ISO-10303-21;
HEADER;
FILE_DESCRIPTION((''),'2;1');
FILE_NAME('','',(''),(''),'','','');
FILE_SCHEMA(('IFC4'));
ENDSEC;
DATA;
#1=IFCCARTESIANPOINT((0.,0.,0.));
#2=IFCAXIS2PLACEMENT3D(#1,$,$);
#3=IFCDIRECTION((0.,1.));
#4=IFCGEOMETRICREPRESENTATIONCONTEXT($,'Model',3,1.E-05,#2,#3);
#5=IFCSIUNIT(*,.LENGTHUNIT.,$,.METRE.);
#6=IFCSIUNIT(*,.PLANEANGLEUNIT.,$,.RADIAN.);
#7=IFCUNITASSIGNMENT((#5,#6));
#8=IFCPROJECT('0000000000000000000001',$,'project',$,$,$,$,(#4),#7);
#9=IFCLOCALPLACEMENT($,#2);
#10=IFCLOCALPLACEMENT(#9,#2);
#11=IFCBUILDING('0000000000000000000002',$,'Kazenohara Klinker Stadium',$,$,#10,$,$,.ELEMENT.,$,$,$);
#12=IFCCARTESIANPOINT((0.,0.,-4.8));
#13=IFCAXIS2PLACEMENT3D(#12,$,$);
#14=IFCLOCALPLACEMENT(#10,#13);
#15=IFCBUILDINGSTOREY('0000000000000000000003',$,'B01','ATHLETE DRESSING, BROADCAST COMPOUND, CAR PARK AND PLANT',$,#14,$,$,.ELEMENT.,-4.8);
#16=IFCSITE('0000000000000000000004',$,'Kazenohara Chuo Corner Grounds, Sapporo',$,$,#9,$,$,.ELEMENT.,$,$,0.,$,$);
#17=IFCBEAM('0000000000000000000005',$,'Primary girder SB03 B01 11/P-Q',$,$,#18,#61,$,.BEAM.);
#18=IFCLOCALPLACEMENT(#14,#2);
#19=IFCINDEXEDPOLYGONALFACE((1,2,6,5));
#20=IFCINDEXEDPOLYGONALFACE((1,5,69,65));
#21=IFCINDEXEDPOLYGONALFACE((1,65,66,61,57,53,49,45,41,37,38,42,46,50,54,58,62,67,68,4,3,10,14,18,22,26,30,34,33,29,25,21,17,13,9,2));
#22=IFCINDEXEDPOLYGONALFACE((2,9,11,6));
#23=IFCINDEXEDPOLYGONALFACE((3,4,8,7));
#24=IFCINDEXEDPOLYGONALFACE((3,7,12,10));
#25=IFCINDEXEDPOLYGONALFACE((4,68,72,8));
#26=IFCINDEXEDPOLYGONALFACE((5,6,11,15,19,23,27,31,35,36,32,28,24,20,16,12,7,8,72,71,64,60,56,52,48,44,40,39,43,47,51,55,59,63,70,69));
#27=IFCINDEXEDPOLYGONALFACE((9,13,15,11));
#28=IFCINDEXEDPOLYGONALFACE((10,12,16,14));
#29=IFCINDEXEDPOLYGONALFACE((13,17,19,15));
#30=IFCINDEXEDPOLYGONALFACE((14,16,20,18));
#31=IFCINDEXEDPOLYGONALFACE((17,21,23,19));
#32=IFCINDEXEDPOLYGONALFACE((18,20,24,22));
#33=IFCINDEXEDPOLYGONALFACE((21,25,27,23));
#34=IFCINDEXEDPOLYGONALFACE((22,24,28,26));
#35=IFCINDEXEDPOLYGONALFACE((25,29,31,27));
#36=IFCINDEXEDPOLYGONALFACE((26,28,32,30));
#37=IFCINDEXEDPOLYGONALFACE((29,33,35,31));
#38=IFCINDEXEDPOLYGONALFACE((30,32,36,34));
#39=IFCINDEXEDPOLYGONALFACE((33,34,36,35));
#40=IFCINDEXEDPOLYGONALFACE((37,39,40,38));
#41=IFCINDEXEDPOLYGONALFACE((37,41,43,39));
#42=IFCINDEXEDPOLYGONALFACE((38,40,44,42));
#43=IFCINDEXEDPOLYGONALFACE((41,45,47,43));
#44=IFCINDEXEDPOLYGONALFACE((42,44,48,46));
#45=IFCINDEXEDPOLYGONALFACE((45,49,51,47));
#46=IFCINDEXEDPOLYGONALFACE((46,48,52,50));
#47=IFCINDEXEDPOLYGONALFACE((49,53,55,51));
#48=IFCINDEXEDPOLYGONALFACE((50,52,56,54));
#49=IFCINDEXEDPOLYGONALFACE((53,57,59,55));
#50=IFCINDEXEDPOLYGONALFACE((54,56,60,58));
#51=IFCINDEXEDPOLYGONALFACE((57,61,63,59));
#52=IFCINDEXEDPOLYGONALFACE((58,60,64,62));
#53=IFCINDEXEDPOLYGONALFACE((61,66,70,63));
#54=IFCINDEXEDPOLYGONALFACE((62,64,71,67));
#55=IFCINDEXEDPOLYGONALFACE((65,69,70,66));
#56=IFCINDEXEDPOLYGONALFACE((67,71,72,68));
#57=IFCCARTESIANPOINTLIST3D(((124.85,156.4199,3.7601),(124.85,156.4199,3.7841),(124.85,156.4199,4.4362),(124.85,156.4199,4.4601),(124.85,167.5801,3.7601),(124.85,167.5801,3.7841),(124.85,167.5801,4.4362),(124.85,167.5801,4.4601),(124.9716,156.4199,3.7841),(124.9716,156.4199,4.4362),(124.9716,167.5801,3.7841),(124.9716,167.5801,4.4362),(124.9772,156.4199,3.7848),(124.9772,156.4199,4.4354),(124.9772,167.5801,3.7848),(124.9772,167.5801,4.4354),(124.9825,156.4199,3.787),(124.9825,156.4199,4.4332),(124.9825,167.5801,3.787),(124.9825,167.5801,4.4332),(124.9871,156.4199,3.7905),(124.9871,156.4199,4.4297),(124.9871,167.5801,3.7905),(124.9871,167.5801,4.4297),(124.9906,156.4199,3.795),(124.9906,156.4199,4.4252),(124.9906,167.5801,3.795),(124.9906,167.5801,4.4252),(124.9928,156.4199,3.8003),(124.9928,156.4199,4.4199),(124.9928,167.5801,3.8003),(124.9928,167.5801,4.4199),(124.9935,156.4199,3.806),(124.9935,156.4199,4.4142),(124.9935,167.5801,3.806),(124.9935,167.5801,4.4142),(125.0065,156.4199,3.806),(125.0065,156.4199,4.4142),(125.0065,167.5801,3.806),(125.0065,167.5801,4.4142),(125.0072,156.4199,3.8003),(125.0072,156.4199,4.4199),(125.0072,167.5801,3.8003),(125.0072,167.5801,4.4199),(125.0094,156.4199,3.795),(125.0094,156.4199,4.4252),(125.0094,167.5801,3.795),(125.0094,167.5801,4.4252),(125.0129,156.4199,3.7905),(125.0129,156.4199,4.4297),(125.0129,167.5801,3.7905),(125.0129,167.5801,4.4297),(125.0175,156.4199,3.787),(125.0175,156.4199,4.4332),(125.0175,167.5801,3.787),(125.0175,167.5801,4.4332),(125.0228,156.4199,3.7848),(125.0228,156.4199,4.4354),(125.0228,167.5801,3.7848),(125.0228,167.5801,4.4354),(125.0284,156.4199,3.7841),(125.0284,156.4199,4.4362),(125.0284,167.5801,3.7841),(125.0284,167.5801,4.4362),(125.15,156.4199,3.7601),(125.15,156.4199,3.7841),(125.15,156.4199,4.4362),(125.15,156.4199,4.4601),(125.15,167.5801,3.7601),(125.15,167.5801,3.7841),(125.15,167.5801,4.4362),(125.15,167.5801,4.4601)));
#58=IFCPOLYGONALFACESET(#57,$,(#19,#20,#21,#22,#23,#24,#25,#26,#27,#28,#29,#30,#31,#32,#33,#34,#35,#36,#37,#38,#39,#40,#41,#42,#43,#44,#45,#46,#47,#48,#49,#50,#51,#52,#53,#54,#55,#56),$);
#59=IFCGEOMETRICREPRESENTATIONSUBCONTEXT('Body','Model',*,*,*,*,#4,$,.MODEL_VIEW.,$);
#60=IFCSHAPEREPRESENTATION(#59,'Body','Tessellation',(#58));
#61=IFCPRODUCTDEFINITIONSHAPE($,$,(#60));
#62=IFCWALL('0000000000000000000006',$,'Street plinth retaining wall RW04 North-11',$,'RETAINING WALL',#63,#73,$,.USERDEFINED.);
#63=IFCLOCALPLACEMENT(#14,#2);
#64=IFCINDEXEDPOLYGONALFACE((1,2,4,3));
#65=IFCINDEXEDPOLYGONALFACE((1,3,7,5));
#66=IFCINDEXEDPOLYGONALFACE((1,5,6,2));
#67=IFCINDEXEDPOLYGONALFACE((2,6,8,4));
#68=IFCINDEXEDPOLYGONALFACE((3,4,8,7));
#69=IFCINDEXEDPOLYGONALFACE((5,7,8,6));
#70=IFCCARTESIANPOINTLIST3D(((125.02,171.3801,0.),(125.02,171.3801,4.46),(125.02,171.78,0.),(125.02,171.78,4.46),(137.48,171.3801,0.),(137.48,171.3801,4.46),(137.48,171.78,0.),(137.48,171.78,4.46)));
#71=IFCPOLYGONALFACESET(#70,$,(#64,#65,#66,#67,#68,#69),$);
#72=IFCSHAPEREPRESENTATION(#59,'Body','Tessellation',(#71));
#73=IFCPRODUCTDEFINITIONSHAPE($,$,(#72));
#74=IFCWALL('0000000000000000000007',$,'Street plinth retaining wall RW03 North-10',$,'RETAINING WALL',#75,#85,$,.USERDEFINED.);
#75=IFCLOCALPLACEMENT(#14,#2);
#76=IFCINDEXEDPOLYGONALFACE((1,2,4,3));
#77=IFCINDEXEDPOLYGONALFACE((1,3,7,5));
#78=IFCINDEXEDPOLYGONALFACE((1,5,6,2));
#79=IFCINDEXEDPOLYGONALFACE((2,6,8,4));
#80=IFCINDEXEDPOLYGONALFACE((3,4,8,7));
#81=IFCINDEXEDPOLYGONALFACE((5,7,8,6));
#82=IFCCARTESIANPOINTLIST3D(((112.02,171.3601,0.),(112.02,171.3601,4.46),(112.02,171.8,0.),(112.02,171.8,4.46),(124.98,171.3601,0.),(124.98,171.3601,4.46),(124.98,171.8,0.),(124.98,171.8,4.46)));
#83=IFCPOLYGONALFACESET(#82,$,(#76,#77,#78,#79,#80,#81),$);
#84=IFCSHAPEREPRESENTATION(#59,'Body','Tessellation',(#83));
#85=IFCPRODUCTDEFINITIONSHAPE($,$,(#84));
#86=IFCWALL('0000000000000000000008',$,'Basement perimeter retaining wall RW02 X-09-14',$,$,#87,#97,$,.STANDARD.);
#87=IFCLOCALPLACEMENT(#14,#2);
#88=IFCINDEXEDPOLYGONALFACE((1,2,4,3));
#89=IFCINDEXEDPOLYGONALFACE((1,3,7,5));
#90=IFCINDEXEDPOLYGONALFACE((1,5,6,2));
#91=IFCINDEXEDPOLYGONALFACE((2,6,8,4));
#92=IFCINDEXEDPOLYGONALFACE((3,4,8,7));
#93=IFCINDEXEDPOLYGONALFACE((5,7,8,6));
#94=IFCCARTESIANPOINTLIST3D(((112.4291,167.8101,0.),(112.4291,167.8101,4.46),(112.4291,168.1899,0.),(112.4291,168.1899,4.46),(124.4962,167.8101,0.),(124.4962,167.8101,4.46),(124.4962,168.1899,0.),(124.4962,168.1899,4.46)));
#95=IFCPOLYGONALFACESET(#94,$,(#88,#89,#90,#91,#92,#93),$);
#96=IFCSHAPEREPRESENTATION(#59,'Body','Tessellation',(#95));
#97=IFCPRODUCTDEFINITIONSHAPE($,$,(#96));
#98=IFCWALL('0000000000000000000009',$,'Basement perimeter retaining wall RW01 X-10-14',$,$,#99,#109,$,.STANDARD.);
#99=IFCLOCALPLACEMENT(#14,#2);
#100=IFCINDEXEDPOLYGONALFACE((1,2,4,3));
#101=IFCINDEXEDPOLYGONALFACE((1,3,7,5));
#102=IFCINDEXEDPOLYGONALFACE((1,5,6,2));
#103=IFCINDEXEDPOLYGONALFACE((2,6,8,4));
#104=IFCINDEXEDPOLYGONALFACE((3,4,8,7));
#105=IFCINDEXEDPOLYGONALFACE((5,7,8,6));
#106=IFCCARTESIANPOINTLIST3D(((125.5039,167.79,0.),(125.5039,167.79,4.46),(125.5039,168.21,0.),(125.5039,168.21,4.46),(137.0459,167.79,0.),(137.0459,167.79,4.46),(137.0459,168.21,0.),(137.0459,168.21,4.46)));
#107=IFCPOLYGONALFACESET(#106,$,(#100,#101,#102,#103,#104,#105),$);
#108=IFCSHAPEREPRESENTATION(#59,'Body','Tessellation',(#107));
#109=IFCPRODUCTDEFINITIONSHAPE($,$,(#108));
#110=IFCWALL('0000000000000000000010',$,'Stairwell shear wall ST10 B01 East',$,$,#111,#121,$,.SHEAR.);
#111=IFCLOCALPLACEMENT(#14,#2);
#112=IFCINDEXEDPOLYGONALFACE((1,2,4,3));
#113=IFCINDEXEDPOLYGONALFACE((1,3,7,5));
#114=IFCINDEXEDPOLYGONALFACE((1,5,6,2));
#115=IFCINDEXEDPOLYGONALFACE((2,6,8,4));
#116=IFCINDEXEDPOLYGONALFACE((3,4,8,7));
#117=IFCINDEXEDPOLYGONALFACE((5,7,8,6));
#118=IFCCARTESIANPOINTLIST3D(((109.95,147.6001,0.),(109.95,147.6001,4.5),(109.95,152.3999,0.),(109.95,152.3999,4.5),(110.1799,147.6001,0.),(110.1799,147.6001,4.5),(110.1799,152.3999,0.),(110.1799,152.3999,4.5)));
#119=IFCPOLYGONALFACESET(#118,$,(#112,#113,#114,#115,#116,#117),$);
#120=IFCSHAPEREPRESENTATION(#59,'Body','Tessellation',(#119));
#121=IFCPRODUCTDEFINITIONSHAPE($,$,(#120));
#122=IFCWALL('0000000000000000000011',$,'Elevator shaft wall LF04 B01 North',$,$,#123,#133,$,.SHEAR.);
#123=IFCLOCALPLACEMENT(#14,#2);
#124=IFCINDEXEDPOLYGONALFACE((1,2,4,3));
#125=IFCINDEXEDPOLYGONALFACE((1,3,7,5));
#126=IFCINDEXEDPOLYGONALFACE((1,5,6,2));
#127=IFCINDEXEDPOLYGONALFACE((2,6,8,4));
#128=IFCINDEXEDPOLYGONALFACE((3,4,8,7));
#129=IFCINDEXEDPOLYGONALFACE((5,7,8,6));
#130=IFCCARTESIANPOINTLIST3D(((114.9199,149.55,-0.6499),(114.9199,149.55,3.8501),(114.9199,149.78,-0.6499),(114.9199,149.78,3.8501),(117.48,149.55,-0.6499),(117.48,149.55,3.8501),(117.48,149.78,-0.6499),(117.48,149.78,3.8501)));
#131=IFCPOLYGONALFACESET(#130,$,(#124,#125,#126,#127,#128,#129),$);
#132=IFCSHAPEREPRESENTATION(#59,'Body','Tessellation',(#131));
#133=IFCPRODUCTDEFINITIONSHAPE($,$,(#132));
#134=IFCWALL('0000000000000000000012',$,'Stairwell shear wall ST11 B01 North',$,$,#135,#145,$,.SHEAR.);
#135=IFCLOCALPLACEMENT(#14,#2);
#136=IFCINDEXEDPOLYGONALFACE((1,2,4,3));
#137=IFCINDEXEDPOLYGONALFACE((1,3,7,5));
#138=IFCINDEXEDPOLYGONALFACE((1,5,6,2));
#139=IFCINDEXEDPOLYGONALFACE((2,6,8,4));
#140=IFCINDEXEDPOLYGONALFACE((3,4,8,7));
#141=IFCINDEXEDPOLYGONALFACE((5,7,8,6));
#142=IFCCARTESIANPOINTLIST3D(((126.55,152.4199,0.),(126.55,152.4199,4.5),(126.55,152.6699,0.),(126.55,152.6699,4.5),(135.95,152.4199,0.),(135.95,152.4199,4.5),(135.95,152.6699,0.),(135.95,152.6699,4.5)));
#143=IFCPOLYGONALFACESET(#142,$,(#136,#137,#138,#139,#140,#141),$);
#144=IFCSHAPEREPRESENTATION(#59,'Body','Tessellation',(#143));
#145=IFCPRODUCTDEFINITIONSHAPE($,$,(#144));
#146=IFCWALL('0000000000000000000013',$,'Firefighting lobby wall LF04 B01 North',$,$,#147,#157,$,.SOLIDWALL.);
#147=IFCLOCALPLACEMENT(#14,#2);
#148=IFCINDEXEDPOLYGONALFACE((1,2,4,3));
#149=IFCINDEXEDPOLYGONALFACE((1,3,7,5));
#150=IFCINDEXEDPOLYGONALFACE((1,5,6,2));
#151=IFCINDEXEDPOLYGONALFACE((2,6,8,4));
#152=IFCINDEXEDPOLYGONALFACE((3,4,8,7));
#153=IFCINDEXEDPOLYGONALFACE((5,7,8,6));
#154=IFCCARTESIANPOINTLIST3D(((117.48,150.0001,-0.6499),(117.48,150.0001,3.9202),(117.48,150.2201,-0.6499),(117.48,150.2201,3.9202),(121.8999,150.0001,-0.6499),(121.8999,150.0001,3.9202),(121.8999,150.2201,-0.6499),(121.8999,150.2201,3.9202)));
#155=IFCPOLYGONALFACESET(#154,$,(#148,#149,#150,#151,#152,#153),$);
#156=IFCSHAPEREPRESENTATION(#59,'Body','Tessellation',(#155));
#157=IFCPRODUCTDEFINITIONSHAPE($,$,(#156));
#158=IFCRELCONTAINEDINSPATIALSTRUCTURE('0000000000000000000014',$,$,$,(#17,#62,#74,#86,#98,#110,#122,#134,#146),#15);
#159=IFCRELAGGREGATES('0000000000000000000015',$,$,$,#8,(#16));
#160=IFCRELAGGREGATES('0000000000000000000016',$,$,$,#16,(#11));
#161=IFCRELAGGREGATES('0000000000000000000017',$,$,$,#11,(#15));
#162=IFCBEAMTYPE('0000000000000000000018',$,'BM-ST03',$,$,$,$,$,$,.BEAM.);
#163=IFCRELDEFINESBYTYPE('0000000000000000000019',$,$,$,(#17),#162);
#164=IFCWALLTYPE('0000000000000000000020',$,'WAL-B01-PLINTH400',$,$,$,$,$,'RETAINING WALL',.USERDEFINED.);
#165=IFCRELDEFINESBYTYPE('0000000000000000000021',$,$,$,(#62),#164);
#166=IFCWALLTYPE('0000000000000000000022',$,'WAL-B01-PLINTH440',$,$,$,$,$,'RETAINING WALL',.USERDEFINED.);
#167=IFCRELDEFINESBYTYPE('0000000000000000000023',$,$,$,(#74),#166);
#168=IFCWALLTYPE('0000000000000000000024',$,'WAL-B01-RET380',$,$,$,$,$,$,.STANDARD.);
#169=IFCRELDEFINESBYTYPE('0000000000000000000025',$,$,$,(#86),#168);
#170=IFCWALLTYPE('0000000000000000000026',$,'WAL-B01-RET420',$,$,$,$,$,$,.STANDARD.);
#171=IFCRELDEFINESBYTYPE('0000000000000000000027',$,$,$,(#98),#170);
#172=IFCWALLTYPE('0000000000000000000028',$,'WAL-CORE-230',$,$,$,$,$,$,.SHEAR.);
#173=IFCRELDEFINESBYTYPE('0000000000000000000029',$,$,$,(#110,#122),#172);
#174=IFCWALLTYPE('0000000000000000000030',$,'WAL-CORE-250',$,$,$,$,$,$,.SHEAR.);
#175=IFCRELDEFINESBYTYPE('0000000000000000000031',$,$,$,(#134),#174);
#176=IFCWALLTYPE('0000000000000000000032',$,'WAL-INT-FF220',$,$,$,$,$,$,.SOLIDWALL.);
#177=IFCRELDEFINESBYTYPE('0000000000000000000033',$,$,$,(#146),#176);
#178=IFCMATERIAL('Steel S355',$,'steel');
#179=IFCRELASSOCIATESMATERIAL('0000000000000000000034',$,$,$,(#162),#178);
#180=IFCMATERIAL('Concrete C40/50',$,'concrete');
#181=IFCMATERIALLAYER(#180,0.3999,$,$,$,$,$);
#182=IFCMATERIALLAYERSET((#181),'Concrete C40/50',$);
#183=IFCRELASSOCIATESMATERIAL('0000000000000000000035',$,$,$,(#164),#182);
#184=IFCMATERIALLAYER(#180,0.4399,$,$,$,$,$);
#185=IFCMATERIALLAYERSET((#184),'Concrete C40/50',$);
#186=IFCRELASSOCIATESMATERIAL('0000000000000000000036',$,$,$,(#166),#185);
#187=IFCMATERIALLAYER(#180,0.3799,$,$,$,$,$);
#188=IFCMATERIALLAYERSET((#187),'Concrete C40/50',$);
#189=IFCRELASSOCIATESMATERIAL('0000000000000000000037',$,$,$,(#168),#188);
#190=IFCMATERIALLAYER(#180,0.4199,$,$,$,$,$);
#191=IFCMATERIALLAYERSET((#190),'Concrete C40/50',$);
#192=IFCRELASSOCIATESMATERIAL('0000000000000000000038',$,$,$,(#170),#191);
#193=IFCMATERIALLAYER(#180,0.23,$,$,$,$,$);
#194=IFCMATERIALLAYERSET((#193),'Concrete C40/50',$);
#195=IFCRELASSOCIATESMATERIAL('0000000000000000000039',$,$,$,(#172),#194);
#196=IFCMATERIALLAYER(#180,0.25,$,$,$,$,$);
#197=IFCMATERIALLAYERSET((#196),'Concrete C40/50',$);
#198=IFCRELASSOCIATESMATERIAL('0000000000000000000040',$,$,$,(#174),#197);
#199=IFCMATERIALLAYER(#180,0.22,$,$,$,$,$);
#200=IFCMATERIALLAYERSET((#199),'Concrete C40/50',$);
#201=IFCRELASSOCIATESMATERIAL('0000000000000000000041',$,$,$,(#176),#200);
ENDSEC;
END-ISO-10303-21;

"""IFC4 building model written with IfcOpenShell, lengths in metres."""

from ifc_helpers import new_model, si_unit, direction, frame, frame_2d, origin, origin_2d, place, context, subcontext, project, spatial, rectangle, i_section, extrude, material, layer, layer_set, material_profile, profile_set, type_object, element, save


model = new_model("IFC4")

# Units and contexts
model_context = context("Model", 3, precision=1e-05, world=origin(), true_north=direction((0.0, 1.0)))
body_context = subcontext(model_context, "Body", "Model", "MODEL_VIEW")
ifc_project = project(units=[si_unit("LENGTHUNIT", "METRE"), si_unit("PLANEANGLEUNIT", "RADIAN")], contexts=[model_context])

# Site, building, storey
site_placement = place(None, origin())
site = spatial("IfcSite", under=ifc_project, at=site_placement, Name="Kazenohara Chuo Corner Grounds, Sapporo", CompositionType="ELEMENT", RefElevation=0.0)
building_placement = place(site_placement, origin())
building = spatial("IfcBuilding", under=site, at=building_placement, Name="Kazenohara Klinker Stadium", CompositionType="ELEMENT")
storey_placement = place(building_placement, frame((0.0, 0.0, -4.8)))
storey = spatial("IfcBuildingStorey", under=building, at=storey_placement, Name="B01", Description="ATHLETE DRESSING, BROADCAST COMPOUND, CAR PARK AND PLANT", CompositionType="ELEMENT", Elevation=-4.8)

# Shared definitions
ifc_material_1 = material(Name="Concrete C40/50", Category="concrete")

# Beam
ifc_material_2 = material(Name="Steel S355", Category="steel")
ifc_material_profile_1 = material_profile(ifc_material_2, i_section(OverallWidth=0.3, OverallDepth=0.7, WebThickness=0.0129, FlangeThickness=0.0239, FilletRadius=0.022, at=origin_2d()), Name="H-700x300x13x24")
ifc_profile_set_1 = profile_set([ifc_material_profile_1], Name="Steel S355")
beam_type_1 = type_object("IfcBeamType", Name="BM-ST03", PredefinedType="BEAM", material=ifc_profile_set_1)
beam_1_placement = place(storey_placement, frame((125.0, 156.4199, 4.1101), z_axis=(0.0, 1.0, 0.0), x_axis=(-1.0, 0.0, 0.0)))
element("IfcBeam", 1, at=beam_1_placement, inside=storey, type_object=beam_type_1, Name="Primary girder SB03 B01 11/P-Q", PredefinedType="BEAM", context=body_context, shape_type="SweptSolid", body=[
    extrude(i_section(OverallWidth=0.3, OverallDepth=0.7, WebThickness=0.0129, FlangeThickness=0.0239, FilletRadius=0.022, at=origin_2d()), origin(), (0.0, 0.0, 1.0), 11.1602),
])

# Walls
ifc_layer_1 = layer(ifc_material_1, 0.3999)
ifc_layer_set_1 = layer_set([ifc_layer_1], Name="Concrete C40/50")
wall_type_1 = type_object("IfcWallType", Name="WAL-B01-PLINTH400", ElementType="RETAINING WALL", PredefinedType="USERDEFINED", material=ifc_layer_set_1)
wall_1_placement = place(storey_placement, frame((125.02, 171.5801, 0.0), z_axis=(0.0, 0.0, 1.0), x_axis=(1.0, 0.0, 0.0)))
element("IfcWall", 2, at=wall_1_placement, inside=storey, type_object=wall_type_1, Name="Street plinth retaining wall RW04 North-11", ObjectType="RETAINING WALL", PredefinedType="USERDEFINED", context=body_context, shape_type="SweptSolid", body=[
    extrude(rectangle(XDim=12.46, YDim=0.3999, at=frame_2d((6.23, 0.0))), origin(), (0.0, 0.0, 1.0), 4.46),
])
ifc_layer_2 = layer(ifc_material_1, 0.4399)
ifc_layer_set_2 = layer_set([ifc_layer_2], Name="Concrete C40/50")
wall_type_2 = type_object("IfcWallType", Name="WAL-B01-PLINTH440", ElementType="RETAINING WALL", PredefinedType="USERDEFINED", material=ifc_layer_set_2)
wall_2_placement = place(storey_placement, frame((112.02, 171.5801, 0.0), z_axis=(0.0, 0.0, 1.0), x_axis=(1.0, 0.0, 0.0)))
element("IfcWall", 3, at=wall_2_placement, inside=storey, type_object=wall_type_2, Name="Street plinth retaining wall RW03 North-10", ObjectType="RETAINING WALL", PredefinedType="USERDEFINED", context=body_context, shape_type="SweptSolid", body=[
    extrude(rectangle(XDim=12.96, YDim=0.4399, at=frame_2d((6.48, 0.0))), origin(), (0.0, 0.0, 1.0), 4.46),
])
ifc_layer_3 = layer(ifc_material_1, 0.3799)
ifc_layer_set_3 = layer_set([ifc_layer_3], Name="Concrete C40/50")
wall_type_3 = type_object("IfcWallType", Name="WAL-B01-RET380", PredefinedType="STANDARD", material=ifc_layer_set_3)
wall_3_placement = place(storey_placement, frame((112.429, 168.0, 0.0), z_axis=(0.0, 0.0, 1.0), x_axis=(1.0, 0.0, 0.0)))
element("IfcWall", 4, at=wall_3_placement, inside=storey, type_object=wall_type_3, Name="Basement perimeter retaining wall RW02 X-09-14", PredefinedType="STANDARD", context=body_context, shape_type="SweptSolid", body=[
    extrude(rectangle(XDim=12.0671, YDim=0.3799, at=frame_2d((6.0337, 0.0))), origin(), (0.0, 0.0, 1.0), 4.46),
])
ifc_layer_4 = layer(ifc_material_1, 0.4199)
ifc_layer_set_4 = layer_set([ifc_layer_4], Name="Concrete C40/50")
wall_type_4 = type_object("IfcWallType", Name="WAL-B01-RET420", PredefinedType="STANDARD", material=ifc_layer_set_4)
wall_4_placement = place(storey_placement, frame((125.5039, 168.0, 0.0), z_axis=(0.0, 0.0, 1.0), x_axis=(1.0, 0.0, 0.0)))
element("IfcWall", 5, at=wall_4_placement, inside=storey, type_object=wall_type_4, Name="Basement perimeter retaining wall RW01 X-10-14", PredefinedType="STANDARD", context=body_context, shape_type="SweptSolid", body=[
    extrude(rectangle(XDim=11.542, YDim=0.4199, at=frame_2d((5.771, 0.0))), origin(), (0.0, 0.0, 1.0), 4.46),
])
ifc_layer_5 = layer(ifc_material_1, 0.23)
ifc_layer_set_5 = layer_set([ifc_layer_5], Name="Concrete C40/50")
wall_type_5 = type_object("IfcWallType", Name="WAL-CORE-230", PredefinedType="SHEAR", material=ifc_layer_set_5)
wall_5_placement = place(storey_placement, frame((110.0649, 147.6001, 0.0), z_axis=(0.0, 0.0, 1.0), x_axis=(0.0, 1.0, 0.0)))
element("IfcWall", 6, at=wall_5_placement, inside=storey, type_object=wall_type_5, Name="Stairwell shear wall ST10 B01 East", PredefinedType="SHEAR", context=body_context, shape_type="SweptSolid", body=[
    extrude(rectangle(XDim=4.7998, YDim=0.23, at=frame_2d((2.3999, 0.0))), origin(), (0.0, 0.0, 1.0), 4.5),
])
wall_6_placement = place(storey_placement, frame((114.9199, 149.665, -0.6499), z_axis=(0.0, 0.0, 1.0), x_axis=(1.0, 0.0, 0.0)))
element("IfcWall", 7, at=wall_6_placement, inside=storey, type_object=wall_type_5, Name="Elevator shaft wall LF04 B01 North", PredefinedType="SHEAR", context=body_context, shape_type="SweptSolid", body=[
    extrude(rectangle(XDim=2.5601, YDim=0.23, at=frame_2d((1.28, 0.0))), origin(), (0.0, 0.0, 1.0), 4.5),
])
ifc_layer_6 = layer(ifc_material_1, 0.25)
ifc_layer_set_6 = layer_set([ifc_layer_6], Name="Concrete C40/50")
wall_type_6 = type_object("IfcWallType", Name="WAL-CORE-250", PredefinedType="SHEAR", material=ifc_layer_set_6)
wall_7_placement = place(storey_placement, frame((126.55, 152.5449, 0.0), z_axis=(0.0, 0.0, 1.0), x_axis=(1.0, 0.0, 0.0)))
element("IfcWall", 8, at=wall_7_placement, inside=storey, type_object=wall_type_6, Name="Stairwell shear wall ST11 B01 North", PredefinedType="SHEAR", context=body_context, shape_type="SweptSolid", body=[
    extrude(rectangle(XDim=9.3999, YDim=0.25, at=frame_2d((4.7, 0.0))), origin(), (0.0, 0.0, 1.0), 4.5),
])
ifc_layer_7 = layer(ifc_material_1, 0.22)
ifc_layer_set_7 = layer_set([ifc_layer_7], Name="Concrete C40/50")
wall_type_7 = type_object("IfcWallType", Name="WAL-INT-FF220", PredefinedType="SOLIDWALL", material=ifc_layer_set_7)
wall_8_placement = place(storey_placement, frame((117.48, 150.1101, -0.6499), z_axis=(0.0, 0.0, 1.0), x_axis=(1.0, 0.0, 0.0)))
element("IfcWall", 9, at=wall_8_placement, inside=storey, type_object=wall_type_7, Name="Firefighting lobby wall LF04 B01 North", PredefinedType="SOLIDWALL", context=body_context, shape_type="SweptSolid", body=[
    extrude(rectangle(XDim=4.4199, YDim=0.22, at=frame_2d((2.21, 0.0))), origin(), (0.0, 0.0, 1.0), 4.5701),
])

save(model, "model.ifc")
